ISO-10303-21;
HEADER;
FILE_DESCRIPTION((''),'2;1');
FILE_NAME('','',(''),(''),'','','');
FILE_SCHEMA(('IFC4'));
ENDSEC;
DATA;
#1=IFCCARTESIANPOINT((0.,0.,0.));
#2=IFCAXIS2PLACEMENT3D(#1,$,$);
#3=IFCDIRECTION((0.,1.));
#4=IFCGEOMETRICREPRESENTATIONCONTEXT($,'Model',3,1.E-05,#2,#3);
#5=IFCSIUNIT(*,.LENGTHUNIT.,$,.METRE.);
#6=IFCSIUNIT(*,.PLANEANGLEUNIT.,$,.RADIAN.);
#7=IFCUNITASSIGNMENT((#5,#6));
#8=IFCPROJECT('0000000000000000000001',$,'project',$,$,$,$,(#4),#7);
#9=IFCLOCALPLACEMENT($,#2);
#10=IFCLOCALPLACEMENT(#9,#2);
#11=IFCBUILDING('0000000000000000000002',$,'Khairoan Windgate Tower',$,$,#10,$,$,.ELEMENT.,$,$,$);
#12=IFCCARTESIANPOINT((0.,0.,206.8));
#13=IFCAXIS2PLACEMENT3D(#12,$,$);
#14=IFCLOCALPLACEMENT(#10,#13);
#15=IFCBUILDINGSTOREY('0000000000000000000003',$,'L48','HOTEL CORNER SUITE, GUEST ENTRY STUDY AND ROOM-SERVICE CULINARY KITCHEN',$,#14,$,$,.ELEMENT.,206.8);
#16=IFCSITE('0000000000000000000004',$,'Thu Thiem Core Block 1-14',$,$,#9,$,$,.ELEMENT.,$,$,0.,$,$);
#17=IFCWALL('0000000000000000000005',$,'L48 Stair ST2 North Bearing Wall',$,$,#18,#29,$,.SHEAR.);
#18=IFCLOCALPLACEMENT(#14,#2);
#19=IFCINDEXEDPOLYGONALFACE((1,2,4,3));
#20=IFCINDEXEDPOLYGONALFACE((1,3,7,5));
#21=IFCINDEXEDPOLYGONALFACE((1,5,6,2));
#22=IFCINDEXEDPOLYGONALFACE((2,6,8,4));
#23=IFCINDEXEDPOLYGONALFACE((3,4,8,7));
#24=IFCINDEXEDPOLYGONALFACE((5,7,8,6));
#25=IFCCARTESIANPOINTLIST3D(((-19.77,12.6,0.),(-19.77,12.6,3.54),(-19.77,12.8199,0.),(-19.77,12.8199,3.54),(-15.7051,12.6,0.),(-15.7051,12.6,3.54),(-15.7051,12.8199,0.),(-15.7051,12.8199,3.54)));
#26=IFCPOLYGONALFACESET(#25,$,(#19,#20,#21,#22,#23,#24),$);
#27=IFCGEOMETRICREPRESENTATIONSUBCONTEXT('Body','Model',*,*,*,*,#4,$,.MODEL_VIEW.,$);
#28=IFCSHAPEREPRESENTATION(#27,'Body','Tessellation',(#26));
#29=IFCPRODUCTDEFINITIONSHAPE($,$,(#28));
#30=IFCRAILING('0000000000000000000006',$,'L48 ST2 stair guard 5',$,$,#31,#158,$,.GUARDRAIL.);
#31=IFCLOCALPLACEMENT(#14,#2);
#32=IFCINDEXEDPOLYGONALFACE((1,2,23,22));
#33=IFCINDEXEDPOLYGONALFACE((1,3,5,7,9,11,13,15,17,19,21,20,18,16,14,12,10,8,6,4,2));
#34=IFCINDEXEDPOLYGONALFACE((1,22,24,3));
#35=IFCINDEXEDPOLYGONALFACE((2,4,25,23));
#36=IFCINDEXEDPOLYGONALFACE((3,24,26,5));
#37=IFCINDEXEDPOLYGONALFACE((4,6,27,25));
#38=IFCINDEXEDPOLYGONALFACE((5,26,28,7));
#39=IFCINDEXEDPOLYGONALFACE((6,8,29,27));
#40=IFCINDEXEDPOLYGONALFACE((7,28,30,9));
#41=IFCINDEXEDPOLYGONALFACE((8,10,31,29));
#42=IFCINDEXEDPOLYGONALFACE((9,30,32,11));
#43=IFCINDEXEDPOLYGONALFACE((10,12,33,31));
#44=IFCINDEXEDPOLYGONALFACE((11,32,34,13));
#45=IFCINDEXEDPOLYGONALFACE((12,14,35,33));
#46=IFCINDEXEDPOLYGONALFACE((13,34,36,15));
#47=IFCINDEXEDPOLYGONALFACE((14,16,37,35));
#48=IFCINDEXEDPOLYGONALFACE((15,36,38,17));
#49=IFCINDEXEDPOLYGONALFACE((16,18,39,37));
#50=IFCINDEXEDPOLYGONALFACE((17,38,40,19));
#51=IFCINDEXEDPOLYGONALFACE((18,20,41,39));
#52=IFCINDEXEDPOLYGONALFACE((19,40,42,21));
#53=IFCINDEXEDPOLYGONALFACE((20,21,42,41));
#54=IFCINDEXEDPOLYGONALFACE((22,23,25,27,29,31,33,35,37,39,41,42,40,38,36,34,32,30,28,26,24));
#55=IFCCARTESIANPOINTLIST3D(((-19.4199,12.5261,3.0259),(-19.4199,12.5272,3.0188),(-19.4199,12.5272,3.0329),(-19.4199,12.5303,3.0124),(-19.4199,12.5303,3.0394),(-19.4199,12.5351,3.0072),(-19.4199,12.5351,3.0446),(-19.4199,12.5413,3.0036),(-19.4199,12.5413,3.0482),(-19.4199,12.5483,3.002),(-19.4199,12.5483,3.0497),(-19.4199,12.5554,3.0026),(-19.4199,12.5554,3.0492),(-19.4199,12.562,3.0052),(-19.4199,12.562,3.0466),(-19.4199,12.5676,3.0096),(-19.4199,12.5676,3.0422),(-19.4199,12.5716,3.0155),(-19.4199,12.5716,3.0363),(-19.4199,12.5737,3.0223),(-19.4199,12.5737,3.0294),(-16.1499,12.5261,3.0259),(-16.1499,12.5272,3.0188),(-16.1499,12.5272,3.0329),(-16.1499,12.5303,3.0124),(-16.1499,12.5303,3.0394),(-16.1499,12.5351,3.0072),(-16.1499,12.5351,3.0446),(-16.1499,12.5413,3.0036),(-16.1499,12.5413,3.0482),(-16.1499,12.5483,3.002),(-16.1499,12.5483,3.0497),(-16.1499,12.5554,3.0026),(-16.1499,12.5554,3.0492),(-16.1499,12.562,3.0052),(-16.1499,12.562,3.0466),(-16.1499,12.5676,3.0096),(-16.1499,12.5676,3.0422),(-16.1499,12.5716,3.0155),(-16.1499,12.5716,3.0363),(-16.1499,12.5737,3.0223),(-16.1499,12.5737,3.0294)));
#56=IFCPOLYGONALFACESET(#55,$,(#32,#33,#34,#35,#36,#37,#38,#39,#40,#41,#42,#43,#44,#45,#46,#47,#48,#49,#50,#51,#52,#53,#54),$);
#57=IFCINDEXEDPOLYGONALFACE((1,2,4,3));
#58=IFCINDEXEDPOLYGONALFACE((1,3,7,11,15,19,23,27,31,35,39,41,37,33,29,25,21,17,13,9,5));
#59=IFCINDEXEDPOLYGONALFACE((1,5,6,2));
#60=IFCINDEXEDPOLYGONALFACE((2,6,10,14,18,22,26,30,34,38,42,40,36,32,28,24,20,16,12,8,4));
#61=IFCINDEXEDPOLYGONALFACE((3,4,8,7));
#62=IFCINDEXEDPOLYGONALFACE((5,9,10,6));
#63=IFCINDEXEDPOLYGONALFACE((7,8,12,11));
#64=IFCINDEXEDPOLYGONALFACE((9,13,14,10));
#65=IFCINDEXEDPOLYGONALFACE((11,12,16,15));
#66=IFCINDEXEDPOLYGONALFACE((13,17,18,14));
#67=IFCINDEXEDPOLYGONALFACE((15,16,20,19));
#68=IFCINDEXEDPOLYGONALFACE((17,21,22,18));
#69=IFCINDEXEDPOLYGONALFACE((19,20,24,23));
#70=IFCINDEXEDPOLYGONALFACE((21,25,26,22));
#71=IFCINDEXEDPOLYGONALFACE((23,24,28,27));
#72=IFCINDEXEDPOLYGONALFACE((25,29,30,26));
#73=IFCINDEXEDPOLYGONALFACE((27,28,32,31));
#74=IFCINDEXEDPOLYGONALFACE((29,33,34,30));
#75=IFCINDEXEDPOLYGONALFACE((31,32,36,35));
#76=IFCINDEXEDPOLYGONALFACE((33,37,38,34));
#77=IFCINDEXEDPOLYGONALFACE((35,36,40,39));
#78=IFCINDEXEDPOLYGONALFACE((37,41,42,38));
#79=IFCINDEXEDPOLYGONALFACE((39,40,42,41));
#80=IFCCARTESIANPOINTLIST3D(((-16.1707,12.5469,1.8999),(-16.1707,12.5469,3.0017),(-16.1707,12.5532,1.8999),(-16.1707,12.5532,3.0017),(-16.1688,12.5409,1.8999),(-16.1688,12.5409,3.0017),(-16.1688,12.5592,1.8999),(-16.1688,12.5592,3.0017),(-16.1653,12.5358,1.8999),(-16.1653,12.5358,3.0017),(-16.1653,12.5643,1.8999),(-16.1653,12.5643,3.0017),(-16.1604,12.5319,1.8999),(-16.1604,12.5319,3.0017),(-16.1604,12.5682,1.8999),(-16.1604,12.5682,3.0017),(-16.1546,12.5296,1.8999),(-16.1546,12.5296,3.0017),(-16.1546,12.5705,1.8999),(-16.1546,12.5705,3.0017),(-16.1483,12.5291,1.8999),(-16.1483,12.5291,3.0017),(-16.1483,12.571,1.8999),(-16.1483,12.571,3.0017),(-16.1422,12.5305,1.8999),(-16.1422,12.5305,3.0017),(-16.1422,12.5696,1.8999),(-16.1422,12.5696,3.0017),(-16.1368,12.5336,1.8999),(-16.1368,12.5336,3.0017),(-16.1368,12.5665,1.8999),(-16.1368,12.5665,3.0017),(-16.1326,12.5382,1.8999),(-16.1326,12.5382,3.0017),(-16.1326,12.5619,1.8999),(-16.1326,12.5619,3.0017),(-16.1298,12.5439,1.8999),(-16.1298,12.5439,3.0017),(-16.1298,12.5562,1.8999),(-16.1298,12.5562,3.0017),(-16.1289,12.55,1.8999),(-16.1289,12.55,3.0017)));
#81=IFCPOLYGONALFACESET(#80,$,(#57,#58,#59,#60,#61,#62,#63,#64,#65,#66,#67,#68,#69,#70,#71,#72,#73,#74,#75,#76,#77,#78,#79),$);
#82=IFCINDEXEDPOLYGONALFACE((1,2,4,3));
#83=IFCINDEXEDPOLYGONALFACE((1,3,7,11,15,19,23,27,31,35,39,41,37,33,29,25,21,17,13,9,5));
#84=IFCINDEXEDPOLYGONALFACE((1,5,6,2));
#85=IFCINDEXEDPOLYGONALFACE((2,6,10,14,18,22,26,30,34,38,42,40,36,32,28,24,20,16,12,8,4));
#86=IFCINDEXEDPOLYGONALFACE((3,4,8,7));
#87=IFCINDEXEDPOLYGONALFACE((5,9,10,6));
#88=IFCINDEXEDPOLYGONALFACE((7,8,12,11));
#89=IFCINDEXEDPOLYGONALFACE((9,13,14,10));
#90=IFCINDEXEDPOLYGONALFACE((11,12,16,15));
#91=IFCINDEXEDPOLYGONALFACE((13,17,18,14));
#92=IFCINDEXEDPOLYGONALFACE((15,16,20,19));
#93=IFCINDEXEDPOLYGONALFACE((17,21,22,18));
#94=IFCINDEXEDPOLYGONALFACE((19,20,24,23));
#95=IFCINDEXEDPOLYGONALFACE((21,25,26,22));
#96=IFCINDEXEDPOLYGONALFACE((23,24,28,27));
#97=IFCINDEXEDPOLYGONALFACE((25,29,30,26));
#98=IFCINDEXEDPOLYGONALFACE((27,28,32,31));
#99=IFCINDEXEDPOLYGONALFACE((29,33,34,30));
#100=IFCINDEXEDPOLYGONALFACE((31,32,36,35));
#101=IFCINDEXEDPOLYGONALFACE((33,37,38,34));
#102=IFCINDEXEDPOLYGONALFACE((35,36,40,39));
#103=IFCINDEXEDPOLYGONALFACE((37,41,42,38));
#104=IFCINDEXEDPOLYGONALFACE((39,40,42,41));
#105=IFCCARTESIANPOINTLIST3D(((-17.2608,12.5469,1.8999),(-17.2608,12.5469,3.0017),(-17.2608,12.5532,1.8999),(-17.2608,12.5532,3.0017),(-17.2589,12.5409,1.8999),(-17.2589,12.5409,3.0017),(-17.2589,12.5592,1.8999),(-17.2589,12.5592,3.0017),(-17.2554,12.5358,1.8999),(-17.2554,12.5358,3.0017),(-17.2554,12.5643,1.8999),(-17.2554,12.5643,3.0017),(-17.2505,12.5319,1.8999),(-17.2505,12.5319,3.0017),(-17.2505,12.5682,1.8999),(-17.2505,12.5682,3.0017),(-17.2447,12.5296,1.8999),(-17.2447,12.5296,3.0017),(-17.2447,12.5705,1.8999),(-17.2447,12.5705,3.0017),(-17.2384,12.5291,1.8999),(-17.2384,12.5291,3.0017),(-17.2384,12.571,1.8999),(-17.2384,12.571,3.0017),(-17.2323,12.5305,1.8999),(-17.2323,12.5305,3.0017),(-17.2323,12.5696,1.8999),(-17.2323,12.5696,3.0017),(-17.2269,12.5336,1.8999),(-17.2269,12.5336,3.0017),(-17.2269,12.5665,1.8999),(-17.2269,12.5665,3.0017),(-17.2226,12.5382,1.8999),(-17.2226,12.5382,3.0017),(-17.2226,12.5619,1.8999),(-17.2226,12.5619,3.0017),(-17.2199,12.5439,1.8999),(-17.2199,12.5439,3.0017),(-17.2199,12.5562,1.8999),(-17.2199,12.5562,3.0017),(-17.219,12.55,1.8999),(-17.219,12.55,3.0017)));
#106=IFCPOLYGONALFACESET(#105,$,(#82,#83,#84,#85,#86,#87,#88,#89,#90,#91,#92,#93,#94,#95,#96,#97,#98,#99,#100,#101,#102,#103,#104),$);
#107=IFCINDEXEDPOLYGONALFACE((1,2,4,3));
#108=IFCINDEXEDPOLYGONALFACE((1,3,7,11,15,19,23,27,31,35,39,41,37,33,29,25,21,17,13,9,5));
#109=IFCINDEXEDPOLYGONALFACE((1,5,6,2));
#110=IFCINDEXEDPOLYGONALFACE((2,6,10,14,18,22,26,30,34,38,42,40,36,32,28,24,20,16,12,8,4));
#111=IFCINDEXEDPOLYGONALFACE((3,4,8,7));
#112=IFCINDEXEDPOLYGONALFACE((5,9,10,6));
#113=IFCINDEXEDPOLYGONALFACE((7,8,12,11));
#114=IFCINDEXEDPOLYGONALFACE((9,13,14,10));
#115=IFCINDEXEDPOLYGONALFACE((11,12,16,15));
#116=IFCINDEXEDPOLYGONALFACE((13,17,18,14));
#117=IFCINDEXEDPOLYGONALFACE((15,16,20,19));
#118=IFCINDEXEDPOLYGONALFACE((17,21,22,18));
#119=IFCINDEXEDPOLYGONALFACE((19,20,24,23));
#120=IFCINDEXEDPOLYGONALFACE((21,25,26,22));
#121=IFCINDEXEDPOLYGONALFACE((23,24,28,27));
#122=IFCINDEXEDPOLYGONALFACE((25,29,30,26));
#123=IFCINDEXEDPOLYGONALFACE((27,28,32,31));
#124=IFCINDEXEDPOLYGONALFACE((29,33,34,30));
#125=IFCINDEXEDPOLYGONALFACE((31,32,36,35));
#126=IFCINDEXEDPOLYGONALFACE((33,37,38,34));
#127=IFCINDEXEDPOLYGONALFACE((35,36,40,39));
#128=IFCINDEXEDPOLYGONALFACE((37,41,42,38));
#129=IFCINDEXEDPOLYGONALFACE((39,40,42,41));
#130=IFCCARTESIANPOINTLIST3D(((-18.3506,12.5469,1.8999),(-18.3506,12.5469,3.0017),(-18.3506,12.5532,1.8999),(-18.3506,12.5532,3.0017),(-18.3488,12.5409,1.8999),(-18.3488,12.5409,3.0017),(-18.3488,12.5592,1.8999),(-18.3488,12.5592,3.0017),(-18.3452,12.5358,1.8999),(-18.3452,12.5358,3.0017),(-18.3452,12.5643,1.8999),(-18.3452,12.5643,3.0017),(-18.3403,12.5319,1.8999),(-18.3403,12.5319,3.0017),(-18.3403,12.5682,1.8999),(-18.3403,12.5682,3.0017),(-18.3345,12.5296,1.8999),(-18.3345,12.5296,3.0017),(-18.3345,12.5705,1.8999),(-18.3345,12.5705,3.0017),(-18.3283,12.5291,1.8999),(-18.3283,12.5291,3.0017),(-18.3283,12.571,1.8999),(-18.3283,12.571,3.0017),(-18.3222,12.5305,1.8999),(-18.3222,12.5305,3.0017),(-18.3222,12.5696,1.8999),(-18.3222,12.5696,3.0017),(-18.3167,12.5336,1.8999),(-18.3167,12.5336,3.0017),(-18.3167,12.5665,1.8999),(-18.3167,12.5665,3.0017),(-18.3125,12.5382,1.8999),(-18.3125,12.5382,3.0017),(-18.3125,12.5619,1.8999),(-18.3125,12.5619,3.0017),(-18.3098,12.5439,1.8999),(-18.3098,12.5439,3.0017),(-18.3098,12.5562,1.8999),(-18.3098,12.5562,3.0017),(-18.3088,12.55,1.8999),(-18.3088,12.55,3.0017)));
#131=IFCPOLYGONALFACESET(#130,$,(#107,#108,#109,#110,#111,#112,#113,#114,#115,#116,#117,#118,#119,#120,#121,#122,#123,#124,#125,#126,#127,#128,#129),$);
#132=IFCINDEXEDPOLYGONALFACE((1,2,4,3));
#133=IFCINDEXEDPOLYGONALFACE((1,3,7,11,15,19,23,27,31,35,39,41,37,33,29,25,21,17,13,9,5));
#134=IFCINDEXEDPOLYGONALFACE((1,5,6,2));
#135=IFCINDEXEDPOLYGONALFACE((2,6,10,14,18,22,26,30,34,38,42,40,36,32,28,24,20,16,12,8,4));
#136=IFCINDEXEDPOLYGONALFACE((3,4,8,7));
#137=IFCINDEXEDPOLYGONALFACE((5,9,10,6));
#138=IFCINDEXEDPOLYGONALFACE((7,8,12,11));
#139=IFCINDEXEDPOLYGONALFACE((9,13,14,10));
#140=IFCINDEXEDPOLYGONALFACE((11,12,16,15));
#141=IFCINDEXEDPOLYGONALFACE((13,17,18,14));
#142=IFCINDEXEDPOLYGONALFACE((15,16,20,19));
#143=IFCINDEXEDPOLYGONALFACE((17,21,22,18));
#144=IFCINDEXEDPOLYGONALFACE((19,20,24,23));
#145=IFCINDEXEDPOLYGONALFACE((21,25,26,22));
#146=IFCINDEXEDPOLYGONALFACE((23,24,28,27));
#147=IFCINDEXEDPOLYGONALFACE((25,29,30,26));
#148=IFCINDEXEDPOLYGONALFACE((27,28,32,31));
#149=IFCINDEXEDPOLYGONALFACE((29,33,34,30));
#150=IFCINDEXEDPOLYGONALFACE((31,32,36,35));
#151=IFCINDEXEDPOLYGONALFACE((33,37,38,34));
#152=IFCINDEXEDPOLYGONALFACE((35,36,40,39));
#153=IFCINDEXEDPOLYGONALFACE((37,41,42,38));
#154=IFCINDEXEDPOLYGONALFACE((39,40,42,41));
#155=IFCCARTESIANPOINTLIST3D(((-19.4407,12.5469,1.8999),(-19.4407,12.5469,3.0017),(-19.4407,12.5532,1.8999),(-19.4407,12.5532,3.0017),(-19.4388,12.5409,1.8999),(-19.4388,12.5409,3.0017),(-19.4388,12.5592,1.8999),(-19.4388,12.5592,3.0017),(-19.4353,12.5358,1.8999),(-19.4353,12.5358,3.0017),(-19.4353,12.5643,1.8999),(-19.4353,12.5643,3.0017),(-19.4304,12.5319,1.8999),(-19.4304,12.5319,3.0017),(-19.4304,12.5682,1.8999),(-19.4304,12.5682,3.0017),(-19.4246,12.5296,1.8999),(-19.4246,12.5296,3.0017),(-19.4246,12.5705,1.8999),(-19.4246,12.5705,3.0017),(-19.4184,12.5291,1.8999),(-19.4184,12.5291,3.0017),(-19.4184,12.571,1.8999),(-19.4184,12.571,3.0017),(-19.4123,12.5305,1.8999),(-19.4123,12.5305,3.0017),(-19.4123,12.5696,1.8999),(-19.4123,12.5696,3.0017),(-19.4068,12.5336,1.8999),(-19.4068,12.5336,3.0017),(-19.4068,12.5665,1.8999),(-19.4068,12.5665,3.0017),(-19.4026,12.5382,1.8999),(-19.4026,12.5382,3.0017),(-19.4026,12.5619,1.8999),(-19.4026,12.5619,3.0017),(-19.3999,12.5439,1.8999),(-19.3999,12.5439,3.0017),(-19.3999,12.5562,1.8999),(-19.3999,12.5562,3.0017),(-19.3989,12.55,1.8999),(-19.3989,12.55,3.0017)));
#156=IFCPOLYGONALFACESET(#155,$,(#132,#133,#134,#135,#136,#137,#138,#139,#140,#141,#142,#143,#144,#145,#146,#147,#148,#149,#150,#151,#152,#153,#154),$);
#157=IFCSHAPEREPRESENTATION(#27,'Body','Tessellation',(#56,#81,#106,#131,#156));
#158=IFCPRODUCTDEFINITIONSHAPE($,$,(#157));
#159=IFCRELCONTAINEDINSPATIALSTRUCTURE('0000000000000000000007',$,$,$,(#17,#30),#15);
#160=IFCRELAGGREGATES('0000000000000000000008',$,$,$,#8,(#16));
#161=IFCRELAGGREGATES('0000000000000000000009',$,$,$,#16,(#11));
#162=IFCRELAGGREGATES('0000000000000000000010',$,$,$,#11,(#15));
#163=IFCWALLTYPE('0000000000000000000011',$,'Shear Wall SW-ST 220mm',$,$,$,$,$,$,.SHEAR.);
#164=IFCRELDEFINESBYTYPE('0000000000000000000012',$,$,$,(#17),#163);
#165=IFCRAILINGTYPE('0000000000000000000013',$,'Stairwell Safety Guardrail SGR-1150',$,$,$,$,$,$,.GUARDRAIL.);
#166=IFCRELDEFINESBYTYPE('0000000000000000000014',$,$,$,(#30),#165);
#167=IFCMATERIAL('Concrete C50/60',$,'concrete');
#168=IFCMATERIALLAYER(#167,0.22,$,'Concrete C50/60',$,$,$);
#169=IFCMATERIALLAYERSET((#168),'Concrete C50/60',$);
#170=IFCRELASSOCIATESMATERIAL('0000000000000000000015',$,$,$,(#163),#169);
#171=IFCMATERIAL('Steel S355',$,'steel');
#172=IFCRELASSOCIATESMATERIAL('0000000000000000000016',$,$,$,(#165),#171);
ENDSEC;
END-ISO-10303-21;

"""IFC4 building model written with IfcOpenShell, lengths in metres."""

from ifc_helpers import new_model, si_unit, direction, frame, frame_2d, origin, origin_2d, place, context, subcontext, project, spatial, rectangle, circle, extrude, material, layer, layer_set, type_object, element, save


model = new_model("IFC4")

# Units and contexts
model_context = context("Model", 3, precision=1e-05, world=origin(), true_north=direction((0.0, 1.0)))
body_context = subcontext(model_context, "Body", "Model", "MODEL_VIEW")
ifc_project = project(units=[si_unit("LENGTHUNIT", "METRE"), si_unit("PLANEANGLEUNIT", "RADIAN")], contexts=[model_context])

# Site, building, storey
site_placement = place(None, origin())
site = spatial("IfcSite", under=ifc_project, at=site_placement, Name="Thu Thiem Core Block 1-14", CompositionType="ELEMENT", RefElevation=0.0)
building_placement = place(site_placement, origin())
building = spatial("IfcBuilding", under=site, at=building_placement, Name="Khairoan Windgate Tower", CompositionType="ELEMENT")
storey_placement = place(building_placement, frame((0.0, 0.0, 206.8)))
storey = spatial("IfcBuildingStorey", under=building, at=storey_placement, Name="L48", Description="HOTEL CORNER SUITE, GUEST ENTRY STUDY AND ROOM-SERVICE CULINARY KITCHEN", CompositionType="ELEMENT", Elevation=206.8)

# Wall
ifc_material_1 = material(Name="Concrete C50/60", Category="concrete")
ifc_layer_1 = layer(ifc_material_1, 0.22, Name="Concrete C50/60")
ifc_layer_set_1 = layer_set([ifc_layer_1], Name="Concrete C50/60")
wall_type_1 = type_object("IfcWallType", Name="Shear Wall SW-ST 220mm", PredefinedType="SHEAR", material=ifc_layer_set_1)
wall_1_placement = place(storey_placement, frame((-19.77, 12.71, 0.0), z_axis=(0.0, 0.0, 1.0), x_axis=(1.0, 0.0, 0.0)))
element("IfcWall", 1, at=wall_1_placement, inside=storey, type_object=wall_type_1, Name="L48 Stair ST2 North Bearing Wall", PredefinedType="SHEAR", context=body_context, shape_type="SweptSolid", body=[
    extrude(rectangle(XDim=4.0649, YDim=0.22, at=frame_2d((2.0325, 0.0))), origin(), (0.0, 0.0, 1.0), 3.54),
])

# Railing
ifc_material_2 = material(Name="Steel S355", Category="steel")
railing_type = type_object("IfcRailingType", Name="Stairwell Safety Guardrail SGR-1150", PredefinedType="GUARDRAIL", material=ifc_material_2)
railing_placement = place(storey_placement, frame((-16.1499, 12.55, 1.8999)))
element("IfcRailing", 2, at=railing_placement, inside=storey, type_object=railing_type, Name="L48 ST2 stair guard 5", PredefinedType="GUARDRAIL", context=body_context, shape_type="SweptSolid", body=[
    extrude(circle(Radius=0.0239, at=origin_2d()), frame((0.0, 0.0, 1.126), z_axis=(-1.0, 0.0, 0.0), x_axis=(0.0, -1.0, 0.0)), (0.0, 0.0, 1.0), 3.27),
    extrude(circle(Radius=0.021, at=origin_2d()), origin(), (0.0, 0.0, 1.0), 1.1018),
    extrude(circle(Radius=0.021, at=origin_2d()), frame((-1.0901, 0.0, 0.0)), (0.0, 0.0, 1.0), 1.1018),
    extrude(circle(Radius=0.021, at=origin_2d()), frame((-2.1799, 0.0, 0.0)), (0.0, 0.0, 1.0), 1.1018),
    extrude(circle(Radius=0.021, at=origin_2d()), frame((-3.27, 0.0, 0.0)), (0.0, 0.0, 1.0), 1.1018),
])

save(model, "model.ifc")
